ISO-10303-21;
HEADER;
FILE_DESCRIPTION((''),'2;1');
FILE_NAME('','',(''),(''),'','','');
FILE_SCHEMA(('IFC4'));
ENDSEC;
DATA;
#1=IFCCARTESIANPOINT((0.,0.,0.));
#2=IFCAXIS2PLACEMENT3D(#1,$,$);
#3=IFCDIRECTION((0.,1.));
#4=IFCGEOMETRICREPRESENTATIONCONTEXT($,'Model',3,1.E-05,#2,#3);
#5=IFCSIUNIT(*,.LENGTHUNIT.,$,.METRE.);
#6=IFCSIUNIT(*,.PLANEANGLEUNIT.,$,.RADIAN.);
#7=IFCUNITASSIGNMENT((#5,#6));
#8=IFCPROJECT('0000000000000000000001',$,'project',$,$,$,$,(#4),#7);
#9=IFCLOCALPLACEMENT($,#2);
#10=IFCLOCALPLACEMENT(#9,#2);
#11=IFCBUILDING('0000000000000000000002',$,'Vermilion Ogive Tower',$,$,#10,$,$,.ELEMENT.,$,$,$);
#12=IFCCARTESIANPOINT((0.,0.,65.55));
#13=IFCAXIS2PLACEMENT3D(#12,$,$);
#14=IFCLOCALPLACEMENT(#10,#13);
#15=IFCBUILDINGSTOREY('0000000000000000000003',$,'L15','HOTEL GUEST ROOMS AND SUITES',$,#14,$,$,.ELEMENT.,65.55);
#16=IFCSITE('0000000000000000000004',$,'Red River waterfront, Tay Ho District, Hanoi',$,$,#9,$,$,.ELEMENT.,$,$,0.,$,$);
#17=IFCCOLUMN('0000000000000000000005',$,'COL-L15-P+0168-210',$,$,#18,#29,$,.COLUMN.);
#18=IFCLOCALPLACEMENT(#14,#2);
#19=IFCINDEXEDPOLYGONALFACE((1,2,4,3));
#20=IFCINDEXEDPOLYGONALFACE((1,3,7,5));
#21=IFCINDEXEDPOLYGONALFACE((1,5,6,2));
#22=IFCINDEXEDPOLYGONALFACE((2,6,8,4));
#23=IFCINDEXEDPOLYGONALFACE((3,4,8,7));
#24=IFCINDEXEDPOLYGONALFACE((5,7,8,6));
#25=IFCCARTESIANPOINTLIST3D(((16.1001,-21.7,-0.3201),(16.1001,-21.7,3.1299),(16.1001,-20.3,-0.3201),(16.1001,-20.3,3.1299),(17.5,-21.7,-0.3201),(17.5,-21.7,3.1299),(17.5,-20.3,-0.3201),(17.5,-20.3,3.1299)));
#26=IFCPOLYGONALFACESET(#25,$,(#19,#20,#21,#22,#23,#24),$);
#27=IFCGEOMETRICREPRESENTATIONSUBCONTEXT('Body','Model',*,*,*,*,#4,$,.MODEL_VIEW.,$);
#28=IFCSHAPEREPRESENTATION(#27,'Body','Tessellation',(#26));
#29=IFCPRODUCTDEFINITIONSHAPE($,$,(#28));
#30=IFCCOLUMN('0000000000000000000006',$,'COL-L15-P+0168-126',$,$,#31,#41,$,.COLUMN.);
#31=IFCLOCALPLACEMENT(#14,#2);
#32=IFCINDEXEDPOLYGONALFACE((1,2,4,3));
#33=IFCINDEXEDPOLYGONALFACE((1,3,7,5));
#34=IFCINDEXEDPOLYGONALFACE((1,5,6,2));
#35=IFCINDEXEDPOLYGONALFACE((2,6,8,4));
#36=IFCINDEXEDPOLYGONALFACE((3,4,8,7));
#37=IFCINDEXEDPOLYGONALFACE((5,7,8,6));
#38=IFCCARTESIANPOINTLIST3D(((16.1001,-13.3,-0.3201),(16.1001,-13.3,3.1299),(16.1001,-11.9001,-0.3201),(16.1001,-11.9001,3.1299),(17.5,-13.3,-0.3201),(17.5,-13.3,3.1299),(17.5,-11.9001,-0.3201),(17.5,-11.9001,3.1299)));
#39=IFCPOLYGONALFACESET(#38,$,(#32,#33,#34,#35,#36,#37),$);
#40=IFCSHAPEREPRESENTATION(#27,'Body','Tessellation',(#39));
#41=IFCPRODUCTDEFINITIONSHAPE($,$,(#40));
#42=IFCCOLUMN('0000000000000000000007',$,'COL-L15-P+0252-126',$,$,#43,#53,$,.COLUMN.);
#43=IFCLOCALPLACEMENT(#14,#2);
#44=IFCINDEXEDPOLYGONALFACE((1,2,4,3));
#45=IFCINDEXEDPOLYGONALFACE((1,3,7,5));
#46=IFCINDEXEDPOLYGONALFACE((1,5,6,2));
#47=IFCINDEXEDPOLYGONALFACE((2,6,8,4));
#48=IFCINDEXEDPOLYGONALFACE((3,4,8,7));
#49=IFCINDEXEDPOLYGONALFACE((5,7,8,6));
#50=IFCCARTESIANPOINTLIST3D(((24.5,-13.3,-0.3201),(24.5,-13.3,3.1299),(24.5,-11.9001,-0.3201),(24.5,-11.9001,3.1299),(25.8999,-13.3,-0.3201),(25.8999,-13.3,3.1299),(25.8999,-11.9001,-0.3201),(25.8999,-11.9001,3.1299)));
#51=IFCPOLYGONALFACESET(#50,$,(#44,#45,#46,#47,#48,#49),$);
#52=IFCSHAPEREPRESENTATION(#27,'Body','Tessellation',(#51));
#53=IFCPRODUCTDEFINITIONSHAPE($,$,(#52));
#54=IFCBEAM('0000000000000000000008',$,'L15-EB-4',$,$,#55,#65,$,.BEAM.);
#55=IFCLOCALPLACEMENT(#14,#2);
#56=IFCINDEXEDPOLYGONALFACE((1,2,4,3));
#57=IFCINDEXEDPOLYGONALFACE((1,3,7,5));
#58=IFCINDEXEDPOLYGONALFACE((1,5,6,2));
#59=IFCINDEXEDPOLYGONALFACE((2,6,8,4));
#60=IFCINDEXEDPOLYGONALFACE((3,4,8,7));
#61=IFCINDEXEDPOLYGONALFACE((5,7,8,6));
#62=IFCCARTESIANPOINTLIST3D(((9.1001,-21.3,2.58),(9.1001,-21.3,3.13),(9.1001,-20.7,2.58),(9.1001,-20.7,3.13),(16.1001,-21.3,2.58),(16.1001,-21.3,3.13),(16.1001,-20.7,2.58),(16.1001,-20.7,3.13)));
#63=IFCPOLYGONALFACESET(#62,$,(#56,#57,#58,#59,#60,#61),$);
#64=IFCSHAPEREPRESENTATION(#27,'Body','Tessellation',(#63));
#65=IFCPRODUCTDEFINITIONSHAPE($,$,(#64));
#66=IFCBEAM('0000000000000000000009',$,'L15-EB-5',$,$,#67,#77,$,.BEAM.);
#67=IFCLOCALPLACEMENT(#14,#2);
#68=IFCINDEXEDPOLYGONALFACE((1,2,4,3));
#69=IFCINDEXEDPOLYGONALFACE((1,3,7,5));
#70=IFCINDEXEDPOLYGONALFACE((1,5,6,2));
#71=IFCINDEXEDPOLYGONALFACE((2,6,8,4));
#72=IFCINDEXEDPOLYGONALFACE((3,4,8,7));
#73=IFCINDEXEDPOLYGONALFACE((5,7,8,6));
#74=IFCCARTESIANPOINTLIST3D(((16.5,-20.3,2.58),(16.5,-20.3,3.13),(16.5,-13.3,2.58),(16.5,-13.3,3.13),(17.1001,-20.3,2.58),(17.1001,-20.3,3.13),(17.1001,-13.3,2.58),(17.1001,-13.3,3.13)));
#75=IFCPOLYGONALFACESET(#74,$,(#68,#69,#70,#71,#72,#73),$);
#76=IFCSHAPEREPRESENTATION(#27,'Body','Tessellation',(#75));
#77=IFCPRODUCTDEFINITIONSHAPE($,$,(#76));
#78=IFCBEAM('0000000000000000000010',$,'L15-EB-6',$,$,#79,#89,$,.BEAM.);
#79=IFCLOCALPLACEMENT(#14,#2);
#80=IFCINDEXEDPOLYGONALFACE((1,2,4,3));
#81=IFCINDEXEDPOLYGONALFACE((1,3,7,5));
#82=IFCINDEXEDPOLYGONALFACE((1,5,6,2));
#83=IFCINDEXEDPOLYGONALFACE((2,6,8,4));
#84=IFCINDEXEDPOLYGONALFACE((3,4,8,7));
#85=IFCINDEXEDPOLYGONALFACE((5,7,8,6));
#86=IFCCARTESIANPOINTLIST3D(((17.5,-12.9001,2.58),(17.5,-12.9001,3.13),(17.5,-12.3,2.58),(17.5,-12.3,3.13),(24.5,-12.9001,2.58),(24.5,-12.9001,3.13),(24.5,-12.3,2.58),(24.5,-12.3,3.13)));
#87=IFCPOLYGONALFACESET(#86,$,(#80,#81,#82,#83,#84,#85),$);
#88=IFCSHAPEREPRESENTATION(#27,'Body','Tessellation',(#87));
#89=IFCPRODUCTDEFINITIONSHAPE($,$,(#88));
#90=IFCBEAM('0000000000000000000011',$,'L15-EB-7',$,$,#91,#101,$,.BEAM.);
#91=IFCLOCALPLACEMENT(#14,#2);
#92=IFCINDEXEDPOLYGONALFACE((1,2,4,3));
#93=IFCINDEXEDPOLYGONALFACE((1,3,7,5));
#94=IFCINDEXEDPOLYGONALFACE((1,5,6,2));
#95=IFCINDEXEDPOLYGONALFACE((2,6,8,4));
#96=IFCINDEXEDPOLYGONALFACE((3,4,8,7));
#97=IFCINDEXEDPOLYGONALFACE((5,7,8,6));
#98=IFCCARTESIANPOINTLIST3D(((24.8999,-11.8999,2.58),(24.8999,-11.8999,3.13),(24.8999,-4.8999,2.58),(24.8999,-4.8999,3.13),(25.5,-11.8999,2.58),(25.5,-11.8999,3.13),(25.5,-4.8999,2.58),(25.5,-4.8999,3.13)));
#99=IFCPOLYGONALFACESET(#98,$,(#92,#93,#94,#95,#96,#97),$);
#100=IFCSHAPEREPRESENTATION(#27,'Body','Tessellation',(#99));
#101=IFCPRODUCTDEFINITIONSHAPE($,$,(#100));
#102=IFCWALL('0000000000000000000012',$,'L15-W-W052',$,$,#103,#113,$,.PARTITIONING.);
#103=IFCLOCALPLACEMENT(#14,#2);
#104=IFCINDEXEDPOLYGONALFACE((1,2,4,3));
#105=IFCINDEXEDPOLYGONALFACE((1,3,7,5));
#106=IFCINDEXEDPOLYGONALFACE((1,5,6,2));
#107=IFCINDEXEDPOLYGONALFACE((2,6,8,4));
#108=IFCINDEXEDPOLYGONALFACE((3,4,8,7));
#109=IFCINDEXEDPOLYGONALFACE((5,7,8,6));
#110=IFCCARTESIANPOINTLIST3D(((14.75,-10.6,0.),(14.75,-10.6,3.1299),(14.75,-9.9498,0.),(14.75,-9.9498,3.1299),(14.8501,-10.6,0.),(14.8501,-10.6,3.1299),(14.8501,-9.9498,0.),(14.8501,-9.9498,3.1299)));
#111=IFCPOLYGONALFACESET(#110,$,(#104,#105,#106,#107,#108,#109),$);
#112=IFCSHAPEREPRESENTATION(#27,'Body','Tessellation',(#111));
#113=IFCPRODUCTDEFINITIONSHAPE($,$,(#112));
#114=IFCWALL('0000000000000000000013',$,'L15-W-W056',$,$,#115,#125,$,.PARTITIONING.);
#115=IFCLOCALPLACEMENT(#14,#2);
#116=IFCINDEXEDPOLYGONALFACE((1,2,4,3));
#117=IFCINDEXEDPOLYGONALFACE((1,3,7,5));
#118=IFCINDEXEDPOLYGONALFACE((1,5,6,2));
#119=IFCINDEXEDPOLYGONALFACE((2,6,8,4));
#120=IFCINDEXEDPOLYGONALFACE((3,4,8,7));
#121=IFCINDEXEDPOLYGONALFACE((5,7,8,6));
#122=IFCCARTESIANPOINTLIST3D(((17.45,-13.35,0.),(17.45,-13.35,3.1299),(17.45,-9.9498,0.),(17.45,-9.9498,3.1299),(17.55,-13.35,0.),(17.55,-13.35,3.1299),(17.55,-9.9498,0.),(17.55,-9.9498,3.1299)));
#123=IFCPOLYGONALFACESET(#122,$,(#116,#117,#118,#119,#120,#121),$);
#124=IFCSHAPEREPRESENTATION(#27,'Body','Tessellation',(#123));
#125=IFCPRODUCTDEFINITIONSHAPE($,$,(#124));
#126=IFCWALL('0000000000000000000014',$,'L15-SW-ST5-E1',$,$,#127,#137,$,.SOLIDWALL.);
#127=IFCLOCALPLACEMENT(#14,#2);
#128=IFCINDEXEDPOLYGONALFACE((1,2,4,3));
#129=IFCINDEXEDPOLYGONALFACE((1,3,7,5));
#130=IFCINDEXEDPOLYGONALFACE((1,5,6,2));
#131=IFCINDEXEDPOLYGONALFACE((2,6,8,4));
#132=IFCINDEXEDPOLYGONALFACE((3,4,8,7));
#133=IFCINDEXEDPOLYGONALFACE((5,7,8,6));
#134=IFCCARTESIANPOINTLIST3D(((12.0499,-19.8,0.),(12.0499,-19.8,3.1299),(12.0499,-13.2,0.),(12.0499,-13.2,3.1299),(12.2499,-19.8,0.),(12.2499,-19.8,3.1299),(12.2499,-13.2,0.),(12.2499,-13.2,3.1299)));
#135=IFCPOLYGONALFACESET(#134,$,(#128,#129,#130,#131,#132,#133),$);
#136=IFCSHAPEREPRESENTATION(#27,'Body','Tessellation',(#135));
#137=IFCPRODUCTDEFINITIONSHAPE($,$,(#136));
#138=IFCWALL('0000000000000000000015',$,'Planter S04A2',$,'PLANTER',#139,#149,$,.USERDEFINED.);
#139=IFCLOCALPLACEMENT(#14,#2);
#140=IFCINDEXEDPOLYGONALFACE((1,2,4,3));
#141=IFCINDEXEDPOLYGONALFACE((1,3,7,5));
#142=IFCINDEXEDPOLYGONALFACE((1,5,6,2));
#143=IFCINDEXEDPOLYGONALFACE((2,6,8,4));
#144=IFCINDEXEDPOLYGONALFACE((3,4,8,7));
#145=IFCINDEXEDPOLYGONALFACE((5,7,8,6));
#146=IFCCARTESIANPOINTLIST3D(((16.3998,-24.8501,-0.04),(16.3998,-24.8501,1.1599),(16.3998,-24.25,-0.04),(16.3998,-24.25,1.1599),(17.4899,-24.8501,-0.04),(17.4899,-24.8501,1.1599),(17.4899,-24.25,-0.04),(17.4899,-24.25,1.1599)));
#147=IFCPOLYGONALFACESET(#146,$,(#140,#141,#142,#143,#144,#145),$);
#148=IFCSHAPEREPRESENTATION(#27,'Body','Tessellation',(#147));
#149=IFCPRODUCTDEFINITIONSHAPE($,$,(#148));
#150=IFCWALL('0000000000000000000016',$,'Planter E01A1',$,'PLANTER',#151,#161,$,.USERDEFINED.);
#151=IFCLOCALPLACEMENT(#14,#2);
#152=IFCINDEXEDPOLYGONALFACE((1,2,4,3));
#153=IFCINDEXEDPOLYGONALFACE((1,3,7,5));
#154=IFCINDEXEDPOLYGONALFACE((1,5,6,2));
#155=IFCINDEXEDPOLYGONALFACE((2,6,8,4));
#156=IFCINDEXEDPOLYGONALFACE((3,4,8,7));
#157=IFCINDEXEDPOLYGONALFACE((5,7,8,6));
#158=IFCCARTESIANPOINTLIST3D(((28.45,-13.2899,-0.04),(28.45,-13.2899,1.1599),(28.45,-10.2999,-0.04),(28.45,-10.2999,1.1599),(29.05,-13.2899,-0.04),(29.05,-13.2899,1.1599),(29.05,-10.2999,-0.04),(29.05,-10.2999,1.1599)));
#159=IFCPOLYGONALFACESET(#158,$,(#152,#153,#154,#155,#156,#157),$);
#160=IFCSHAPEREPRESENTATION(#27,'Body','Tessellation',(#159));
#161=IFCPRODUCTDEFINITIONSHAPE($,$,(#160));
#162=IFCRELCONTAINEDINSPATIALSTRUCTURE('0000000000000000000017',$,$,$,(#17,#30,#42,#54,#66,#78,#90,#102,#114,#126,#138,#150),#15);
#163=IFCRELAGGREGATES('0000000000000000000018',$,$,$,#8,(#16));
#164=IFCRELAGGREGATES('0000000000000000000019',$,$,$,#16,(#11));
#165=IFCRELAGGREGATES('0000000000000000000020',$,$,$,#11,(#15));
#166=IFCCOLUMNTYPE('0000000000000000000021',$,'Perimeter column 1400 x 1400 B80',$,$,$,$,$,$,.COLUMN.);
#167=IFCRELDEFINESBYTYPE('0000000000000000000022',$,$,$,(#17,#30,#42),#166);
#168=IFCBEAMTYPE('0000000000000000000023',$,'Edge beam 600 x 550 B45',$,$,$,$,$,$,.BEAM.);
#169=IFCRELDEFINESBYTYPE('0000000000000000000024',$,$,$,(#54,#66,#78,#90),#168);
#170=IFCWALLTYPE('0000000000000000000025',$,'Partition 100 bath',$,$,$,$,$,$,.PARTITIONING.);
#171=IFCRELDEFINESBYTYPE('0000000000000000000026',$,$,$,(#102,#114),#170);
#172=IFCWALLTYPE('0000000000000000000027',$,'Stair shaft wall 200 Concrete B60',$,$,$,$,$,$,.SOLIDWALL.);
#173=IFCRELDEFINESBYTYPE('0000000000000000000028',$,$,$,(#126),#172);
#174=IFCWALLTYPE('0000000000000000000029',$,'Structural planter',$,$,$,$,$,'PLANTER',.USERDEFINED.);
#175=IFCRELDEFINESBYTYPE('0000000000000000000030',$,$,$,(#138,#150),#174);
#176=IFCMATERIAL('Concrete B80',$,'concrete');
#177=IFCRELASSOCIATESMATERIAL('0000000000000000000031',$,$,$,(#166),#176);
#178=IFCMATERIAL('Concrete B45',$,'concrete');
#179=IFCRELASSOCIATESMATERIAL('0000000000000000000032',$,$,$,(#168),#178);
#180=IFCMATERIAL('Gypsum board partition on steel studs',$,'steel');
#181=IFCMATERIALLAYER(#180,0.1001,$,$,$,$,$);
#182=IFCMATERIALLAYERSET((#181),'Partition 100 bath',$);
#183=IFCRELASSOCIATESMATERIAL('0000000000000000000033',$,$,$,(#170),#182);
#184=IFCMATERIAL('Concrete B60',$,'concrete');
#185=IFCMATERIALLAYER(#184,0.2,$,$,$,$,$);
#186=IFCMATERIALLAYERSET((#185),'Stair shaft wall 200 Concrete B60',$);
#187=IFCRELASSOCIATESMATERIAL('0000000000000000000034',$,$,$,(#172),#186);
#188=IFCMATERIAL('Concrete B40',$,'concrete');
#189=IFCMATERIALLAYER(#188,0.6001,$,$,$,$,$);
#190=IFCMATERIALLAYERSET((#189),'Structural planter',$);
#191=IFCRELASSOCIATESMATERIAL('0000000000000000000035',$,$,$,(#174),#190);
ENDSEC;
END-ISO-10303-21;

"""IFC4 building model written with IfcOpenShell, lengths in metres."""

from ifc_helpers import new_model, si_unit, direction, frame, frame_2d, origin, origin_2d, place, context, subcontext, project, spatial, rectangle, extrude, material, layer, layer_set, material_profile, profile_set, type_object, element, save


model = new_model("IFC4")

# Units and contexts
model_context = context("Model", 3, precision=1e-05, world=origin(), true_north=direction((0.0, 1.0)))
body_context = subcontext(model_context, "Body", "Model", "MODEL_VIEW")
ifc_project = project(units=[si_unit("LENGTHUNIT", "METRE"), si_unit("PLANEANGLEUNIT", "RADIAN")], contexts=[model_context])

# Site, building, storey
site_placement = place(None, origin())
site = spatial("IfcSite", under=ifc_project, at=site_placement, Name="Red River waterfront, Tay Ho District, Hanoi", CompositionType="ELEMENT", RefElevation=0.0)
building_placement = place(site_placement, origin())
building = spatial("IfcBuilding", under=site, at=building_placement, Name="Vermilion Ogive Tower", CompositionType="ELEMENT")
storey_placement = place(building_placement, frame((0.0, 0.0, 65.55)))
storey = spatial("IfcBuildingStorey", under=building, at=storey_placement, Name="L15", Description="HOTEL GUEST ROOMS AND SUITES", CompositionType="ELEMENT", Elevation=65.55)

# Columns
ifc_material_1 = material(Name="Concrete B80", Category="concrete")
ifc_material_profile_1 = material_profile(ifc_material_1, rectangle(XDim=1.3999, YDim=1.3999, at=origin_2d()), Name="1400 x 1400")
ifc_profile_set_1 = profile_set([ifc_material_profile_1], Name="Concrete B80")
column_type = type_object("IfcColumnType", Name="Perimeter column 1400 x 1400 B80", PredefinedType="COLUMN", material=ifc_profile_set_1)
for number, where, z_axis, x_axis, name in (
    (1, (16.8, -21.0, -0.3201), (0.0, 0.0, 1.0), (1.0, 0.0, 0.0), "COL-L15-P+0168-210"),
    (2, (16.8, -12.6001, -0.3201), (0.0, 0.0, 1.0), (1.0, 0.0, 0.0), "COL-L15-P+0168-126"),
    (3, (25.2, -12.6001, -0.3201), (0.0, 0.0, 1.0), (1.0, 0.0, 0.0), "COL-L15-P+0252-126"),
):
    element("IfcColumn", number, at=place(storey_placement, frame(where, z_axis=z_axis, x_axis=x_axis)), inside=storey, type_object=column_type, Name=name, PredefinedType="COLUMN", context=body_context, shape_type="SweptSolid", body=[
        extrude(rectangle(XDim=1.3999, YDim=1.3999, at=origin_2d()), origin(), (0.0, 0.0, 1.0), 3.45),
    ])

# Beams
ifc_material_2 = material(Name="Concrete B45", Category="concrete")
ifc_material_profile_2 = material_profile(ifc_material_2, rectangle(XDim=0.6001, YDim=0.55, at=origin_2d()), Name="600 x 550")
ifc_profile_set_2 = profile_set([ifc_material_profile_2], Name="Concrete B45")
beam_type = type_object("IfcBeamType", Name="Edge beam 600 x 550 B45", PredefinedType="BEAM", material=ifc_profile_set_2)
for number, where, z_axis, x_axis, name in (
    (4, (9.1001, -21.0, 2.855), (1.0, 0.0, 0.0), (0.0, 1.0, 0.0), "L15-EB-4"),
    (5, (16.8, -20.3, 2.855), (0.0, 1.0, 0.0), (-1.0, 0.0, 0.0), "L15-EB-5"),
    (6, (17.5, -12.6001, 2.855), (1.0, 0.0, 0.0), (0.0, 1.0, 0.0), "L15-EB-6"),
    (7, (25.2, -11.8999, 2.855), (0.0, 1.0, 0.0), (-1.0, 0.0, 0.0), "L15-EB-7"),
):
    element("IfcBeam", number, at=place(storey_placement, frame(where, z_axis=z_axis, x_axis=x_axis)), inside=storey, type_object=beam_type, Name=name, PredefinedType="BEAM", context=body_context, shape_type="SweptSolid", body=[
        extrude(rectangle(XDim=0.6001, YDim=0.55, at=origin_2d()), origin(), (0.0, 0.0, 1.0), 7.0),
    ])

# Walls
ifc_material_3 = material(Name="Gypsum board partition on steel studs", Category="steel")
ifc_layer_1 = layer(ifc_material_3, 0.1001)
ifc_layer_set_1 = layer_set([ifc_layer_1], Name="Partition 100 bath")
wall_type_1 = type_object("IfcWallType", Name="Partition 100 bath", PredefinedType="PARTITIONING", material=ifc_layer_set_1)
wall_1_placement = place(storey_placement, frame((14.8, -10.6001, 0.0), z_axis=(0.0, 0.0, 1.0), x_axis=(0.0, 1.0, 0.0)))
element("IfcWall", 8, at=wall_1_placement, inside=storey, type_object=wall_type_1, Name="L15-W-W052", PredefinedType="PARTITIONING", context=body_context, shape_type="SweptSolid", body=[
    extrude(rectangle(XDim=0.6501, YDim=0.1001, at=frame_2d((0.3252, 0.0))), origin(), (0.0, 0.0, 1.0), 3.1299),
])
wall_2_placement = place(storey_placement, frame((17.5, -13.3501, 0.0), z_axis=(0.0, 0.0, 1.0), x_axis=(0.0, 1.0, 0.0)))
element("IfcWall", 9, at=wall_2_placement, inside=storey, type_object=wall_type_1, Name="L15-W-W056", PredefinedType="PARTITIONING", context=body_context, shape_type="SweptSolid", body=[
    extrude(rectangle(XDim=3.4001, YDim=0.1001, at=frame_2d((1.7002, 0.0))), origin(), (0.0, 0.0, 1.0), 3.1299),
])
ifc_material_4 = material(Name="Concrete B60", Category="concrete")
ifc_layer_2 = layer(ifc_material_4, 0.2)
ifc_layer_set_2 = layer_set([ifc_layer_2], Name="Stair shaft wall 200 Concrete B60")
wall_type_2 = type_object("IfcWallType", Name="Stair shaft wall 200 Concrete B60", PredefinedType="SOLIDWALL", material=ifc_layer_set_2)
wall_3_placement = place(storey_placement, frame((12.1499, -19.8, 0.0), z_axis=(0.0, 0.0, 1.0), x_axis=(0.0, 1.0, 0.0)))
element("IfcWall", 10, at=wall_3_placement, inside=storey, type_object=wall_type_2, Name="L15-SW-ST5-E1", PredefinedType="SOLIDWALL", context=body_context, shape_type="SweptSolid", body=[
    extrude(rectangle(XDim=6.6001, YDim=0.2, at=frame_2d((3.3, 0.0))), origin(), (0.0, 0.0, 1.0), 3.1299),
])
ifc_material_5 = material(Name="Concrete B40", Category="concrete")
ifc_layer_3 = layer(ifc_material_5, 0.6001)
ifc_layer_set_3 = layer_set([ifc_layer_3], Name="Structural planter")
wall_type_3 = type_object("IfcWallType", Name="Structural planter", ElementType="PLANTER", PredefinedType="USERDEFINED", material=ifc_layer_set_3)
wall_4_placement = place(storey_placement, frame((16.3999, -24.55, -0.04), z_axis=(0.0, 0.0, 1.0), x_axis=(1.0, 0.0, 0.0)))
element("IfcWall", 11, at=wall_4_placement, inside=storey, type_object=wall_type_3, Name="Planter S04A2", ObjectType="PLANTER", PredefinedType="USERDEFINED", context=body_context, shape_type="SweptSolid", body=[
    extrude(rectangle(XDim=1.0901, YDim=0.6001, at=frame_2d((0.5449, 0.0))), origin(), (0.0, 0.0, 1.0), 1.2),
])
wall_5_placement = place(storey_placement, frame((28.75, -13.29, -0.04), z_axis=(0.0, 0.0, 1.0), x_axis=(0.0, 1.0, 0.0)))
element("IfcWall", 12, at=wall_5_placement, inside=storey, type_object=wall_type_3, Name="Planter E01A1", ObjectType="PLANTER", PredefinedType="USERDEFINED", context=body_context, shape_type="SweptSolid", body=[
    extrude(rectangle(XDim=2.99, YDim=0.6001, at=frame_2d((1.4951, 0.0))), origin(), (0.0, 0.0, 1.0), 1.2),
])

save(model, "model.ifc")
